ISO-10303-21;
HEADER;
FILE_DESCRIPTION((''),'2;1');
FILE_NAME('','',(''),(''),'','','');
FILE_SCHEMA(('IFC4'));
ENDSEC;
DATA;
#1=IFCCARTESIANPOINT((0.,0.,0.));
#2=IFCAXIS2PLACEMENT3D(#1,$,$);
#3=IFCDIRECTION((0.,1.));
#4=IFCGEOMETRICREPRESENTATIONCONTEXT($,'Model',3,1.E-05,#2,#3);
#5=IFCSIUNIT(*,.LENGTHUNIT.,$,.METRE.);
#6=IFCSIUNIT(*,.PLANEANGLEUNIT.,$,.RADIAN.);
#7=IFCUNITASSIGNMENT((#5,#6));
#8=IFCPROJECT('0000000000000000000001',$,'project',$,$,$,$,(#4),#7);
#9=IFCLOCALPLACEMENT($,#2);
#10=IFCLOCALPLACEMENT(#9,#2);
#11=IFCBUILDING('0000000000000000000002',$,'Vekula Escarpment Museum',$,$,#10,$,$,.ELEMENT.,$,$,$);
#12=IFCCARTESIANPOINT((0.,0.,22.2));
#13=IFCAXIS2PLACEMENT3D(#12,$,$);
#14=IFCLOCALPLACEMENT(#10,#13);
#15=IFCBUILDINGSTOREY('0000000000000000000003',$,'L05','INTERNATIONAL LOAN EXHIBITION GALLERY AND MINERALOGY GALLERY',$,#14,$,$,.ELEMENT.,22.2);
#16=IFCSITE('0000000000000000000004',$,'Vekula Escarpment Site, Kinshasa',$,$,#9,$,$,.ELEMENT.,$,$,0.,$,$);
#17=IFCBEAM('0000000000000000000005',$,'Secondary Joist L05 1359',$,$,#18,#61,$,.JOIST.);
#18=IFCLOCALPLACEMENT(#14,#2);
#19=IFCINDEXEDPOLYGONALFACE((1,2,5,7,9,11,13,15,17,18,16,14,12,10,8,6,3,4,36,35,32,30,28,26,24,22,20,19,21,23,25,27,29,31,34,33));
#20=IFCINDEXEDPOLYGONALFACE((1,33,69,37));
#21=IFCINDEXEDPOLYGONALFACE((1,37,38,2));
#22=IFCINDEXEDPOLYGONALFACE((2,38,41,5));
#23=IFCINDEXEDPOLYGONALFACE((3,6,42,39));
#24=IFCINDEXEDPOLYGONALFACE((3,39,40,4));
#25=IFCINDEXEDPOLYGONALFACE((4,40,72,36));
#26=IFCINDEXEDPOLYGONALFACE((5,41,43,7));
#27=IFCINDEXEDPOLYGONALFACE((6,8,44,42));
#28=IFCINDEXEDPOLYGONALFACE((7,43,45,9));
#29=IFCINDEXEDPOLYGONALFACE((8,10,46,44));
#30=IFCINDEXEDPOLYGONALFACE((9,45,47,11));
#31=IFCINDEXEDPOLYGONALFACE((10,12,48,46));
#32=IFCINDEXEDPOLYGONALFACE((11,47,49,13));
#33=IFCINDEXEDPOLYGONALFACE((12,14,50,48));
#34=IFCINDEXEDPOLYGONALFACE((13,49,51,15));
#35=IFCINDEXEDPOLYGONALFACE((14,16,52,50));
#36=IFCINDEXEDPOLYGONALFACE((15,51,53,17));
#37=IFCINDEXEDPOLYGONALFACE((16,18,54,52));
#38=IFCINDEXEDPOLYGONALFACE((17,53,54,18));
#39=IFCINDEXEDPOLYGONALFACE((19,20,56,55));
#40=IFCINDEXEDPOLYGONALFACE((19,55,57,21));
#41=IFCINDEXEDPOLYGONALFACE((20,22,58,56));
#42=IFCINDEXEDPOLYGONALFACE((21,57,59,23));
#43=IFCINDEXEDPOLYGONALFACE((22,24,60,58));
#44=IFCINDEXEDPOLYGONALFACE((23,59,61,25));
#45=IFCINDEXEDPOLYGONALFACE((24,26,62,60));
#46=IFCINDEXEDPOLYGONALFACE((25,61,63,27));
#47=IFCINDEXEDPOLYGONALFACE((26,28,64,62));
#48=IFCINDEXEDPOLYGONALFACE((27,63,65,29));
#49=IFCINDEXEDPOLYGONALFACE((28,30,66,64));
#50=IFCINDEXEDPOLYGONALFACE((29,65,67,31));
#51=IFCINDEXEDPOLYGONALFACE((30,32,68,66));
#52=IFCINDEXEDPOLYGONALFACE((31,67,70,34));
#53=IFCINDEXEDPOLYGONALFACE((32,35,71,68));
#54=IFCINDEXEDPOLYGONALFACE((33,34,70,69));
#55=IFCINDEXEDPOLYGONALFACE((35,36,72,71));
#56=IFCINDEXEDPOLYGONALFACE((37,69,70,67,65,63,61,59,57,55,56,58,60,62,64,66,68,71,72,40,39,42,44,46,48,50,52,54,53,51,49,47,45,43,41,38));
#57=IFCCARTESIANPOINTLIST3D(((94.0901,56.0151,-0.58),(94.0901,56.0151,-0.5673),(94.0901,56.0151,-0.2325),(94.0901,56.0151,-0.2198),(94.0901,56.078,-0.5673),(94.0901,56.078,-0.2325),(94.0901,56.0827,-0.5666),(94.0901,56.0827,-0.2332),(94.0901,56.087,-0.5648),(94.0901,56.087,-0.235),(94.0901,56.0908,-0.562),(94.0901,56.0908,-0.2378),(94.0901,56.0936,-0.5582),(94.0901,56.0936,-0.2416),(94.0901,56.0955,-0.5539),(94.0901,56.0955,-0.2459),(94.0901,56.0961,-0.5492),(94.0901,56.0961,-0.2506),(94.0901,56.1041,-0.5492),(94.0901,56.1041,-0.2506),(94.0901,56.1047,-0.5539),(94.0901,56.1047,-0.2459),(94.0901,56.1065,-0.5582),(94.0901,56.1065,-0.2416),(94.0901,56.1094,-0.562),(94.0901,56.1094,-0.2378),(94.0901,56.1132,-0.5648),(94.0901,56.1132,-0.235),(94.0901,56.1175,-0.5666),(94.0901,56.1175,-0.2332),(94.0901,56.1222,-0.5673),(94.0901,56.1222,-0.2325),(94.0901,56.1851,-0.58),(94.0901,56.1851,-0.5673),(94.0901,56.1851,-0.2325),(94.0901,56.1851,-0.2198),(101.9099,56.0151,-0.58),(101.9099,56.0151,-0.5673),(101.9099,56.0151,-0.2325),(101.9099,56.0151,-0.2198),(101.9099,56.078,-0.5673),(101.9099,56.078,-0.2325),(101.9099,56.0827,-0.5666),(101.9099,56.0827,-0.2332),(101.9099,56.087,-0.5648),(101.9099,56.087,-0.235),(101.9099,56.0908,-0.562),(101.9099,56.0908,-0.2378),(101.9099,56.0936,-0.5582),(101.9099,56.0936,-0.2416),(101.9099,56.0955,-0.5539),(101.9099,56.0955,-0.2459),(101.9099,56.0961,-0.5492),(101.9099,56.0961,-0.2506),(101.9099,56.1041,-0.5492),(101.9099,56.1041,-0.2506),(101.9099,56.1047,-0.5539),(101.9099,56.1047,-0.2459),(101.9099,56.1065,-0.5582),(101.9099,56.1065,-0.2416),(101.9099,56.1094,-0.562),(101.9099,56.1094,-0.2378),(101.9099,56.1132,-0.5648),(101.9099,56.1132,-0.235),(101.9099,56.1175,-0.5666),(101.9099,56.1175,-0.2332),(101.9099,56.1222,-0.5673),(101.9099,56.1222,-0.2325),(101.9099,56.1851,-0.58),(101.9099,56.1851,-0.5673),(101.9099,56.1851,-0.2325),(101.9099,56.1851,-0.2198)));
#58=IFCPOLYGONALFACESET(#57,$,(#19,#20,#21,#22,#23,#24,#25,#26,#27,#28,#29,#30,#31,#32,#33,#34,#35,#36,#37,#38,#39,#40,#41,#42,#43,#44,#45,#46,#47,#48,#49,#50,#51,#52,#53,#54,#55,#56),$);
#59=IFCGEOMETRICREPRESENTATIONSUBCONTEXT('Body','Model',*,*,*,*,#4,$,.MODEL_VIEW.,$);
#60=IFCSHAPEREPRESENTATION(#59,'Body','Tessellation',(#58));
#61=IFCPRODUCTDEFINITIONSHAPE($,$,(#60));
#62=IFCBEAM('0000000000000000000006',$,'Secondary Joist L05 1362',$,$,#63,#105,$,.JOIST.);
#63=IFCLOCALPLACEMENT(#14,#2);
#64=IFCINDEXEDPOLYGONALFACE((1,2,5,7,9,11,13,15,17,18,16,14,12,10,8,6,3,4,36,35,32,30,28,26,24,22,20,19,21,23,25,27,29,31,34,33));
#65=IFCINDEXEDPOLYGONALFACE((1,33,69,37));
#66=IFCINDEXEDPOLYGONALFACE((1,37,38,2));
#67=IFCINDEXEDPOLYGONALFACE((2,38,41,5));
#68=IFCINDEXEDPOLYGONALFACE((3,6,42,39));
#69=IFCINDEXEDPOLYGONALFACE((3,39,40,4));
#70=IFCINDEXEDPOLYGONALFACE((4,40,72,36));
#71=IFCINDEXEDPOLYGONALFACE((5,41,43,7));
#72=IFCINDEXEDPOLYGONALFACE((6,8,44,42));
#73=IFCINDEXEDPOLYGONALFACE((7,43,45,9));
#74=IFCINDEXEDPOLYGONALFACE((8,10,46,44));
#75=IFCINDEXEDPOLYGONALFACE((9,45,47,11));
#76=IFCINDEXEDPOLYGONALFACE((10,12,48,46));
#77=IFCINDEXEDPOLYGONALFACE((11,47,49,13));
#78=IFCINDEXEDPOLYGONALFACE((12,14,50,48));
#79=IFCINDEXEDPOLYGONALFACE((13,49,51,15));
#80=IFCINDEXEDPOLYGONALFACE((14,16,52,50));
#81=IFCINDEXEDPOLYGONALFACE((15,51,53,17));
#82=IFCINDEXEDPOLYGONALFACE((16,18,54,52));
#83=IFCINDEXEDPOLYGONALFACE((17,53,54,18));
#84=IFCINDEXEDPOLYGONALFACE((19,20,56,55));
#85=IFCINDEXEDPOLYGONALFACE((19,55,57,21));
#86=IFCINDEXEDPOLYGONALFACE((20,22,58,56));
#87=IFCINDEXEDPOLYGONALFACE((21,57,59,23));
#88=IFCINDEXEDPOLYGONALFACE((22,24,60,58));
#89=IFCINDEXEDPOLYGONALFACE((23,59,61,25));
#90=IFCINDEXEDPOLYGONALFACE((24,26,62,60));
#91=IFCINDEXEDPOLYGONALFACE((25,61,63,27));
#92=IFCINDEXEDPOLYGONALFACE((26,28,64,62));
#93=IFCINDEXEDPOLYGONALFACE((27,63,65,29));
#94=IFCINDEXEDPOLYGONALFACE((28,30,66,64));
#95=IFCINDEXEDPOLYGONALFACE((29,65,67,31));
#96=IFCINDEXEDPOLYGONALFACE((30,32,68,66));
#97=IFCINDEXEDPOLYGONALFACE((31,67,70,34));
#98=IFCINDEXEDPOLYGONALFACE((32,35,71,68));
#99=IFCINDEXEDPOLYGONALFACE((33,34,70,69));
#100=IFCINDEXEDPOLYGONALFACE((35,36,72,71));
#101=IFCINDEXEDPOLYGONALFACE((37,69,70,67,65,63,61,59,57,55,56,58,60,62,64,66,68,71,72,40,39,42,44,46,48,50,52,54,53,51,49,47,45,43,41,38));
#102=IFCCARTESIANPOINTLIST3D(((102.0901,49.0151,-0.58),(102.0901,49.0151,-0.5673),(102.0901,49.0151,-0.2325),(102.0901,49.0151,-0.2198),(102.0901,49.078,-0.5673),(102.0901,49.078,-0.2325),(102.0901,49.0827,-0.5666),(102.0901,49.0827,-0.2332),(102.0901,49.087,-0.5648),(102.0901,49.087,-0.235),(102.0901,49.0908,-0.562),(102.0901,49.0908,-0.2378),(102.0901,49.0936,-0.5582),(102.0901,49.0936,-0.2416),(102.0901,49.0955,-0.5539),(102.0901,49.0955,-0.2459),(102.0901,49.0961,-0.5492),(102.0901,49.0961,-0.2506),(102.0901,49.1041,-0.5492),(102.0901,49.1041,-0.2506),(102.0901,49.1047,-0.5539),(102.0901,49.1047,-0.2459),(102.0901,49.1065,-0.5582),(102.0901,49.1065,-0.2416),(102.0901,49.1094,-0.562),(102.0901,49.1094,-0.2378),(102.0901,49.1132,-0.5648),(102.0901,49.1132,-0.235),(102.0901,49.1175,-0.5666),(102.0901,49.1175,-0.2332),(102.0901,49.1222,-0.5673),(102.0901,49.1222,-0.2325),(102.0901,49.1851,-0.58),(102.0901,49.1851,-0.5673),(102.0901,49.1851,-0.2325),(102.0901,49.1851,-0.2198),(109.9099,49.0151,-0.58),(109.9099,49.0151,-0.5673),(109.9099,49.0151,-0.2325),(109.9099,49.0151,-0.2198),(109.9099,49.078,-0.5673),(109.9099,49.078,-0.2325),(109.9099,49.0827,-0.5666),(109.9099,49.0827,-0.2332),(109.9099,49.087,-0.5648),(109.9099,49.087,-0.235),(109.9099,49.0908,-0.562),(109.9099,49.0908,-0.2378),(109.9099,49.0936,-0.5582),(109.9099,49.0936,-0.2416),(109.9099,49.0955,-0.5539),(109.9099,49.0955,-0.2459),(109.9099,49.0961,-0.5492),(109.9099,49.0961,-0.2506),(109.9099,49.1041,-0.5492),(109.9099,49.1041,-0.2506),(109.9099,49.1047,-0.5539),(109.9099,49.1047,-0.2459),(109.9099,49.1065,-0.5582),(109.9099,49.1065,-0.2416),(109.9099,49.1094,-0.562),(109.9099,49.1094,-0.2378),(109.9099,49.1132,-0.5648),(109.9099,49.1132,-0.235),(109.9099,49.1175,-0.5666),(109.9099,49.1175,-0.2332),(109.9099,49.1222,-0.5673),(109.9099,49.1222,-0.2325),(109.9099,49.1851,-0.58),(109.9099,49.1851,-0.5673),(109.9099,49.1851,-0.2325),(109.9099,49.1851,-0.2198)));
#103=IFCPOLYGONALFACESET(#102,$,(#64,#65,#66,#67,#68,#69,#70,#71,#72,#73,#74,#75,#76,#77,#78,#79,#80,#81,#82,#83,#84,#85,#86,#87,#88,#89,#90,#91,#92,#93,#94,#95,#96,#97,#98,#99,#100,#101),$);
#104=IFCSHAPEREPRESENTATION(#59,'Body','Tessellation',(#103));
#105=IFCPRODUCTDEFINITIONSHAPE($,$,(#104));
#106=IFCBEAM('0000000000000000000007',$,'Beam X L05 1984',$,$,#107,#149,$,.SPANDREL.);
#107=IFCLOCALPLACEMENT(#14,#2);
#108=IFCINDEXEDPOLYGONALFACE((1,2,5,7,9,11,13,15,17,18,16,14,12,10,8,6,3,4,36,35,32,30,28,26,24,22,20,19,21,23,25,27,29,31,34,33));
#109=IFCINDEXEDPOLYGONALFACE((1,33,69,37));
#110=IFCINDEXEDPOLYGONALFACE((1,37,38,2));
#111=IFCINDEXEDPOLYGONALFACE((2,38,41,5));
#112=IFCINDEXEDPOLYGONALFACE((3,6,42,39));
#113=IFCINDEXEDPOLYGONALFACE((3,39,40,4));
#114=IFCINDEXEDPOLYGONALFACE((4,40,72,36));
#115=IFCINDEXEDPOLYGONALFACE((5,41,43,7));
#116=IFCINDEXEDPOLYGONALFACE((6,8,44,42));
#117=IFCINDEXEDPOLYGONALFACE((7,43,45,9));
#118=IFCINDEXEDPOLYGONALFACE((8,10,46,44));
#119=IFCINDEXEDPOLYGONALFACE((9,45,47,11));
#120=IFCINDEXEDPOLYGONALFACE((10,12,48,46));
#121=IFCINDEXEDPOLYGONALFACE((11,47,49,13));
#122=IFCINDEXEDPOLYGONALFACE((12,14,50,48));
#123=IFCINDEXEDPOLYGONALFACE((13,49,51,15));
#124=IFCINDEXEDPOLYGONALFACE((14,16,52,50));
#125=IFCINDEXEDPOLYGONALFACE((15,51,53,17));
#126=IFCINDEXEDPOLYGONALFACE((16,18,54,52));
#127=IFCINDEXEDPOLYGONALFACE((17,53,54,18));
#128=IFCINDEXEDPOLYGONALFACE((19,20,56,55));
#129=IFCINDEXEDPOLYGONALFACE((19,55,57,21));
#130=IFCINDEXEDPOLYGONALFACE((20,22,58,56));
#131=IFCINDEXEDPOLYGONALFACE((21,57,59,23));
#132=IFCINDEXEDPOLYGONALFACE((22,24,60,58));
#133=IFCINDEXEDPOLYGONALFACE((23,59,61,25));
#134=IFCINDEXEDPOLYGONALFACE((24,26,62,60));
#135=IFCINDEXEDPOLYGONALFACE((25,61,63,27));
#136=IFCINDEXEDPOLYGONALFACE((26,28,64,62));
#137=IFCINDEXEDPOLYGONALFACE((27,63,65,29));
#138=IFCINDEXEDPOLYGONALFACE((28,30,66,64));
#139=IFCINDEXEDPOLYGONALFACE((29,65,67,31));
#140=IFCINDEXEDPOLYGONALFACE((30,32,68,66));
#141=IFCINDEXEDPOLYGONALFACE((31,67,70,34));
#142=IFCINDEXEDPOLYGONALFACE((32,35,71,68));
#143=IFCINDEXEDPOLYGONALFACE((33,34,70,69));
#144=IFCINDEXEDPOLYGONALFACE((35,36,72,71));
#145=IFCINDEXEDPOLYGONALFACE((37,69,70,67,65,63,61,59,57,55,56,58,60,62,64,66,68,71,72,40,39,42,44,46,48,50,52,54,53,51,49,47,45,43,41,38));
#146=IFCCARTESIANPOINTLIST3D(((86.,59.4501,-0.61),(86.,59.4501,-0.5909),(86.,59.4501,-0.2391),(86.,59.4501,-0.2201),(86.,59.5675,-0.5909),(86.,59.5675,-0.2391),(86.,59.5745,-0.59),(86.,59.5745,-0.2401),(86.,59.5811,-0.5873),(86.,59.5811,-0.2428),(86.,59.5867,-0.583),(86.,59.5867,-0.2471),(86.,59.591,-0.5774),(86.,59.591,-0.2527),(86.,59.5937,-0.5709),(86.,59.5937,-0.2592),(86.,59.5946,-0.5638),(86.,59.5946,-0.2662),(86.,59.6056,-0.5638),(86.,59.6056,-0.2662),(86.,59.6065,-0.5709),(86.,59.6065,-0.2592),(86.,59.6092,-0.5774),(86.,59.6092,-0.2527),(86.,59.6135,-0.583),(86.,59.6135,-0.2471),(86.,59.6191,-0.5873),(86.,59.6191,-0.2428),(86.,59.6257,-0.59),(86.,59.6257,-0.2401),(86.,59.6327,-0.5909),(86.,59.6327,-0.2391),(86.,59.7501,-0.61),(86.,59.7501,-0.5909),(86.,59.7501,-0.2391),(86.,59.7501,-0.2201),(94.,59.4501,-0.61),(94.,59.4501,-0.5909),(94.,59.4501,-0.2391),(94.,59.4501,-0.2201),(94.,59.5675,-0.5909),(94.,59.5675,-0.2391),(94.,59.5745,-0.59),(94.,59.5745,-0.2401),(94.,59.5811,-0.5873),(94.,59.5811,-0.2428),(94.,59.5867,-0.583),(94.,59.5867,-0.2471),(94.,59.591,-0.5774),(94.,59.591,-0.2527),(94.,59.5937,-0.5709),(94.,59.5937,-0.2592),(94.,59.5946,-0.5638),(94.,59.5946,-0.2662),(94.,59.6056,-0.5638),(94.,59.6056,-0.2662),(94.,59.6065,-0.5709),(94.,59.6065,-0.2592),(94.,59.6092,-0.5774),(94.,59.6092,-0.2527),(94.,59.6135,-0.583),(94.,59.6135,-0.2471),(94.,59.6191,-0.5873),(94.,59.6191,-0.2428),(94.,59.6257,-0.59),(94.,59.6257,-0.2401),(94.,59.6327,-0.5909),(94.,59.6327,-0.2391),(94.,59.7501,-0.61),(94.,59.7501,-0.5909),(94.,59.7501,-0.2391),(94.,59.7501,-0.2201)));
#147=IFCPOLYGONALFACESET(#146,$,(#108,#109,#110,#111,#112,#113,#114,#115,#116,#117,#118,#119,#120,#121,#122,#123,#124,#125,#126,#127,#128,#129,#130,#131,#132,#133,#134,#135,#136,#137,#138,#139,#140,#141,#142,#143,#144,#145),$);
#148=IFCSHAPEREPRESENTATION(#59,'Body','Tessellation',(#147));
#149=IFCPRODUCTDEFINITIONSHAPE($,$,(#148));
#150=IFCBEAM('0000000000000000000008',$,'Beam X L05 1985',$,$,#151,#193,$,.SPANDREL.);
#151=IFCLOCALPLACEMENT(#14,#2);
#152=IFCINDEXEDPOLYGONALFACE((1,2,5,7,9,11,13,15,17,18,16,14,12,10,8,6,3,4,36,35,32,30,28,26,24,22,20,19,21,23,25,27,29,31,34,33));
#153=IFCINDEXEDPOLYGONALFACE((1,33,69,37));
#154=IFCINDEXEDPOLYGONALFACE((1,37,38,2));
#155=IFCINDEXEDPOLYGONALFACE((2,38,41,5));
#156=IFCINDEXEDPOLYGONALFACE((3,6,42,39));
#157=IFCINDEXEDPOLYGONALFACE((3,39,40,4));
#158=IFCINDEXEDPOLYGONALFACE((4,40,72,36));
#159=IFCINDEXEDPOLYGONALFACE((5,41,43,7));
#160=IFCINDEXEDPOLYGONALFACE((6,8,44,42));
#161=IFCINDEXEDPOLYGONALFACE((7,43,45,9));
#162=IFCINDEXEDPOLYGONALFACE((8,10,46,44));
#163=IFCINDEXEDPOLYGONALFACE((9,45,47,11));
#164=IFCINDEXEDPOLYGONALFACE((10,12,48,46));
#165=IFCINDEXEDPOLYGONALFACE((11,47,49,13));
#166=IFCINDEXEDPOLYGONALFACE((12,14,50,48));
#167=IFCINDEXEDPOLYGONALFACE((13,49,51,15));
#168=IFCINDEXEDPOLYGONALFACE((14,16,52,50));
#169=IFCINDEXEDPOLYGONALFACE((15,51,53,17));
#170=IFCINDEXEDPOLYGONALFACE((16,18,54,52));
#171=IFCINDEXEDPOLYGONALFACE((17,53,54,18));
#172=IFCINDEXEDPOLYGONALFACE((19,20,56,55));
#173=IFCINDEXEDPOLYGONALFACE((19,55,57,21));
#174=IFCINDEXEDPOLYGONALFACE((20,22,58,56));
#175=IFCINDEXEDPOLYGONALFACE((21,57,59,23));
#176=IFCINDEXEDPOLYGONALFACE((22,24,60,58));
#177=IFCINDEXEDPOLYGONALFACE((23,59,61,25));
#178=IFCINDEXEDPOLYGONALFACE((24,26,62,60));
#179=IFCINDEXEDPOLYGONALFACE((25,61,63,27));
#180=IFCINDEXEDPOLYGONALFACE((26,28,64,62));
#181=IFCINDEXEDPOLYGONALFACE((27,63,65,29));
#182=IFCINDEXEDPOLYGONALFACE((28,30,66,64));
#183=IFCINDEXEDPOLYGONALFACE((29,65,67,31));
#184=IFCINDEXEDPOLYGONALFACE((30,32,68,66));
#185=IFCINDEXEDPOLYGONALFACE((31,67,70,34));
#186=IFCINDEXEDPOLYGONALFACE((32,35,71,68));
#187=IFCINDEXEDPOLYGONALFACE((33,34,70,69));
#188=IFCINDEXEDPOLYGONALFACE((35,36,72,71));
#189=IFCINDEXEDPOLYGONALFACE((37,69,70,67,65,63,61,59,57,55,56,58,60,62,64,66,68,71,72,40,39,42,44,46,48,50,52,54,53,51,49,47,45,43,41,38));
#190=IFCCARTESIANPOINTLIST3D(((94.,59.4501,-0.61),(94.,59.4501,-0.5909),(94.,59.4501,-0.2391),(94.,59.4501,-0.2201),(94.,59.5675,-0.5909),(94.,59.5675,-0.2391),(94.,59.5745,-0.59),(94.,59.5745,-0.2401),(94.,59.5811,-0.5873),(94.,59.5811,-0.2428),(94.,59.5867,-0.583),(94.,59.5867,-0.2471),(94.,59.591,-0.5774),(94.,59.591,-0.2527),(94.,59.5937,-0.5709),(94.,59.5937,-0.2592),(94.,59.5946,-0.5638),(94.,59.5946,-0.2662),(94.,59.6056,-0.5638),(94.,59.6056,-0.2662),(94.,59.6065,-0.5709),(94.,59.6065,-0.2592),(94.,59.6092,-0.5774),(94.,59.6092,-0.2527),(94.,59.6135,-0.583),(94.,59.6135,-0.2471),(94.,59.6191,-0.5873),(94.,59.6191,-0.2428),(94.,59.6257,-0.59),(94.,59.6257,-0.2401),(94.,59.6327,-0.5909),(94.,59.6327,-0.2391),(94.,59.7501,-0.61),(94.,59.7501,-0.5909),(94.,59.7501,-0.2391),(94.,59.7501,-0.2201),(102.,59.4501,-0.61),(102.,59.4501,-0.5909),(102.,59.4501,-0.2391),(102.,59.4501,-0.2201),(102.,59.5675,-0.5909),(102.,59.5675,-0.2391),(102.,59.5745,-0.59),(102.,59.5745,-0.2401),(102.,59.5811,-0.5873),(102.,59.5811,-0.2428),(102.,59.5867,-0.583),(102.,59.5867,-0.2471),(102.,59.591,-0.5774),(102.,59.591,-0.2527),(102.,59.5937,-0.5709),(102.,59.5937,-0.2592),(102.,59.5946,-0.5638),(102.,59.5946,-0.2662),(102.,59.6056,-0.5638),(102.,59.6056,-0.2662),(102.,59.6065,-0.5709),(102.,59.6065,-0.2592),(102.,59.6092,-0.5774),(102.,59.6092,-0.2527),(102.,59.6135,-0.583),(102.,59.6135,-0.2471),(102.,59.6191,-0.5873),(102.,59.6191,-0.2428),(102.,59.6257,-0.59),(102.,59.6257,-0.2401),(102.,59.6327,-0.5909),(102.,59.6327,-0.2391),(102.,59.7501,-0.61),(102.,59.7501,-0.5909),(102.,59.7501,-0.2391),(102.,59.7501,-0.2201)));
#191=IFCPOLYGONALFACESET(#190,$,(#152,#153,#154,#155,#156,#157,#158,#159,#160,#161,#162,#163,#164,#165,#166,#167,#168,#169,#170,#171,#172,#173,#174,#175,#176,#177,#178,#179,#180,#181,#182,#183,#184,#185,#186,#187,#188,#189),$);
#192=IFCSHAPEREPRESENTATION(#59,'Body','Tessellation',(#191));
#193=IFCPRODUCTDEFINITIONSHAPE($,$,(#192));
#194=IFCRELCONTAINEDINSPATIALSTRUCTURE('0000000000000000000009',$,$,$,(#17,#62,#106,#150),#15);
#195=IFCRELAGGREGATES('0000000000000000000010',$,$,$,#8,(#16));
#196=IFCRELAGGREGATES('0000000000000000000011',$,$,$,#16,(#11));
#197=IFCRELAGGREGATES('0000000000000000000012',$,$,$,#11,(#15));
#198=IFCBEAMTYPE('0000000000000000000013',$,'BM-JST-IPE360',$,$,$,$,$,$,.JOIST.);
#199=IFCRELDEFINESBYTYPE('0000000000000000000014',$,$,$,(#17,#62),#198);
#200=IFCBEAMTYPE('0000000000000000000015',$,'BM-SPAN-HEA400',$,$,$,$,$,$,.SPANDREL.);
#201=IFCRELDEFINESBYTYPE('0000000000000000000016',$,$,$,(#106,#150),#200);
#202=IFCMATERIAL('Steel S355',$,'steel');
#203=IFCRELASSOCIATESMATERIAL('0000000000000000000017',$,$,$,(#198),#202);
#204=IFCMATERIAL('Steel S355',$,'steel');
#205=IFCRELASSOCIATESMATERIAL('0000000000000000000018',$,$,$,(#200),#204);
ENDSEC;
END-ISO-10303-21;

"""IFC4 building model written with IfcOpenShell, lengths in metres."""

from ifc_helpers import new_model, si_unit, direction, frame, origin, origin_2d, place, context, subcontext, project, spatial, i_section, extrude, material, material_profile, profile_set, type_object, element, save


model = new_model("IFC4")

# Units and contexts
model_context = context("Model", 3, precision=1e-05, world=origin(), true_north=direction((0.0, 1.0)))
body_context = subcontext(model_context, "Body", "Model", "MODEL_VIEW")
ifc_project = project(units=[si_unit("LENGTHUNIT", "METRE"), si_unit("PLANEANGLEUNIT", "RADIAN")], contexts=[model_context])

# Site, building, storey
site_placement = place(None, origin())
site = spatial("IfcSite", under=ifc_project, at=site_placement, Name="Vekula Escarpment Site, Kinshasa", CompositionType="ELEMENT", RefElevation=0.0)
building_placement = place(site_placement, origin())
building = spatial("IfcBuilding", under=site, at=building_placement, Name="Vekula Escarpment Museum", CompositionType="ELEMENT")
storey_placement = place(building_placement, frame((0.0, 0.0, 22.2)))
storey = spatial("IfcBuildingStorey", under=building, at=storey_placement, Name="L05", Description="INTERNATIONAL LOAN EXHIBITION GALLERY AND MINERALOGY GALLERY", CompositionType="ELEMENT", Elevation=22.2)

# Beams
ifc_material_1 = material(Name="Steel S355", Category="steel")
ifc_material_profile_1 = material_profile(ifc_material_1, i_section(OverallWidth=0.1699, OverallDepth=0.3601, WebThickness=0.0081, FlangeThickness=0.0127, FilletRadius=0.0181, at=origin_2d()), Name="IPE 360")
ifc_profile_set_1 = profile_set([ifc_material_profile_1], Name="Steel S355")
beam_type_1 = type_object("IfcBeamType", Name="BM-JST-IPE360", PredefinedType="JOIST", material=ifc_profile_set_1)
for number, where, z_axis, x_axis, name in (
    (1, (94.0901, 56.1001, -0.3999), (1.0, 0.0, 0.0), (0.0, 1.0, 0.0), "Secondary Joist L05 1359"),
    (2, (102.0901, 49.1001, -0.3999), (1.0, 0.0, 0.0), (0.0, 1.0, 0.0), "Secondary Joist L05 1362"),
):
    element("IfcBeam", number, at=place(storey_placement, frame(where, z_axis=z_axis, x_axis=x_axis)), inside=storey, type_object=beam_type_1, Name=name, PredefinedType="JOIST", context=body_context, shape_type="SweptSolid", body=[
        extrude(i_section(OverallWidth=0.1699, OverallDepth=0.3601, WebThickness=0.0081, FlangeThickness=0.0127, FilletRadius=0.0181, at=origin_2d()), origin(), (0.0, 0.0, 1.0), 7.8198),
    ])
ifc_material_2 = material(Name="Steel S355", Category="steel")
ifc_material_profile_2 = material_profile(ifc_material_2, i_section(OverallWidth=0.3, OverallDepth=0.3899, WebThickness=0.011, FlangeThickness=0.019, FilletRadius=0.0271, at=origin_2d()), Name="HEA 400")
ifc_profile_set_2 = profile_set([ifc_material_profile_2], Name="Steel S355")
beam_type_2 = type_object("IfcBeamType", Name="BM-SPAN-HEA400", PredefinedType="SPANDREL", material=ifc_profile_set_2)
for number, where, z_axis, x_axis, name in (
    (3, (86.0, 59.6001, -0.415), (1.0, 0.0, 0.0), (0.0, 1.0, 0.0), "Beam X L05 1984"),
    (4, (94.0, 59.6001, -0.415), (1.0, 0.0, 0.0), (0.0, 1.0, 0.0), "Beam X L05 1985"),
):
    element("IfcBeam", number, at=place(storey_placement, frame(where, z_axis=z_axis, x_axis=x_axis)), inside=storey, type_object=beam_type_2, Name=name, PredefinedType="SPANDREL", context=body_context, shape_type="SweptSolid", body=[
        extrude(i_section(OverallWidth=0.3, OverallDepth=0.3899, WebThickness=0.011, FlangeThickness=0.019, FilletRadius=0.0271, at=origin_2d()), origin(), (0.0, 0.0, 1.0), 8.0),
    ])

save(model, "model.ifc")
